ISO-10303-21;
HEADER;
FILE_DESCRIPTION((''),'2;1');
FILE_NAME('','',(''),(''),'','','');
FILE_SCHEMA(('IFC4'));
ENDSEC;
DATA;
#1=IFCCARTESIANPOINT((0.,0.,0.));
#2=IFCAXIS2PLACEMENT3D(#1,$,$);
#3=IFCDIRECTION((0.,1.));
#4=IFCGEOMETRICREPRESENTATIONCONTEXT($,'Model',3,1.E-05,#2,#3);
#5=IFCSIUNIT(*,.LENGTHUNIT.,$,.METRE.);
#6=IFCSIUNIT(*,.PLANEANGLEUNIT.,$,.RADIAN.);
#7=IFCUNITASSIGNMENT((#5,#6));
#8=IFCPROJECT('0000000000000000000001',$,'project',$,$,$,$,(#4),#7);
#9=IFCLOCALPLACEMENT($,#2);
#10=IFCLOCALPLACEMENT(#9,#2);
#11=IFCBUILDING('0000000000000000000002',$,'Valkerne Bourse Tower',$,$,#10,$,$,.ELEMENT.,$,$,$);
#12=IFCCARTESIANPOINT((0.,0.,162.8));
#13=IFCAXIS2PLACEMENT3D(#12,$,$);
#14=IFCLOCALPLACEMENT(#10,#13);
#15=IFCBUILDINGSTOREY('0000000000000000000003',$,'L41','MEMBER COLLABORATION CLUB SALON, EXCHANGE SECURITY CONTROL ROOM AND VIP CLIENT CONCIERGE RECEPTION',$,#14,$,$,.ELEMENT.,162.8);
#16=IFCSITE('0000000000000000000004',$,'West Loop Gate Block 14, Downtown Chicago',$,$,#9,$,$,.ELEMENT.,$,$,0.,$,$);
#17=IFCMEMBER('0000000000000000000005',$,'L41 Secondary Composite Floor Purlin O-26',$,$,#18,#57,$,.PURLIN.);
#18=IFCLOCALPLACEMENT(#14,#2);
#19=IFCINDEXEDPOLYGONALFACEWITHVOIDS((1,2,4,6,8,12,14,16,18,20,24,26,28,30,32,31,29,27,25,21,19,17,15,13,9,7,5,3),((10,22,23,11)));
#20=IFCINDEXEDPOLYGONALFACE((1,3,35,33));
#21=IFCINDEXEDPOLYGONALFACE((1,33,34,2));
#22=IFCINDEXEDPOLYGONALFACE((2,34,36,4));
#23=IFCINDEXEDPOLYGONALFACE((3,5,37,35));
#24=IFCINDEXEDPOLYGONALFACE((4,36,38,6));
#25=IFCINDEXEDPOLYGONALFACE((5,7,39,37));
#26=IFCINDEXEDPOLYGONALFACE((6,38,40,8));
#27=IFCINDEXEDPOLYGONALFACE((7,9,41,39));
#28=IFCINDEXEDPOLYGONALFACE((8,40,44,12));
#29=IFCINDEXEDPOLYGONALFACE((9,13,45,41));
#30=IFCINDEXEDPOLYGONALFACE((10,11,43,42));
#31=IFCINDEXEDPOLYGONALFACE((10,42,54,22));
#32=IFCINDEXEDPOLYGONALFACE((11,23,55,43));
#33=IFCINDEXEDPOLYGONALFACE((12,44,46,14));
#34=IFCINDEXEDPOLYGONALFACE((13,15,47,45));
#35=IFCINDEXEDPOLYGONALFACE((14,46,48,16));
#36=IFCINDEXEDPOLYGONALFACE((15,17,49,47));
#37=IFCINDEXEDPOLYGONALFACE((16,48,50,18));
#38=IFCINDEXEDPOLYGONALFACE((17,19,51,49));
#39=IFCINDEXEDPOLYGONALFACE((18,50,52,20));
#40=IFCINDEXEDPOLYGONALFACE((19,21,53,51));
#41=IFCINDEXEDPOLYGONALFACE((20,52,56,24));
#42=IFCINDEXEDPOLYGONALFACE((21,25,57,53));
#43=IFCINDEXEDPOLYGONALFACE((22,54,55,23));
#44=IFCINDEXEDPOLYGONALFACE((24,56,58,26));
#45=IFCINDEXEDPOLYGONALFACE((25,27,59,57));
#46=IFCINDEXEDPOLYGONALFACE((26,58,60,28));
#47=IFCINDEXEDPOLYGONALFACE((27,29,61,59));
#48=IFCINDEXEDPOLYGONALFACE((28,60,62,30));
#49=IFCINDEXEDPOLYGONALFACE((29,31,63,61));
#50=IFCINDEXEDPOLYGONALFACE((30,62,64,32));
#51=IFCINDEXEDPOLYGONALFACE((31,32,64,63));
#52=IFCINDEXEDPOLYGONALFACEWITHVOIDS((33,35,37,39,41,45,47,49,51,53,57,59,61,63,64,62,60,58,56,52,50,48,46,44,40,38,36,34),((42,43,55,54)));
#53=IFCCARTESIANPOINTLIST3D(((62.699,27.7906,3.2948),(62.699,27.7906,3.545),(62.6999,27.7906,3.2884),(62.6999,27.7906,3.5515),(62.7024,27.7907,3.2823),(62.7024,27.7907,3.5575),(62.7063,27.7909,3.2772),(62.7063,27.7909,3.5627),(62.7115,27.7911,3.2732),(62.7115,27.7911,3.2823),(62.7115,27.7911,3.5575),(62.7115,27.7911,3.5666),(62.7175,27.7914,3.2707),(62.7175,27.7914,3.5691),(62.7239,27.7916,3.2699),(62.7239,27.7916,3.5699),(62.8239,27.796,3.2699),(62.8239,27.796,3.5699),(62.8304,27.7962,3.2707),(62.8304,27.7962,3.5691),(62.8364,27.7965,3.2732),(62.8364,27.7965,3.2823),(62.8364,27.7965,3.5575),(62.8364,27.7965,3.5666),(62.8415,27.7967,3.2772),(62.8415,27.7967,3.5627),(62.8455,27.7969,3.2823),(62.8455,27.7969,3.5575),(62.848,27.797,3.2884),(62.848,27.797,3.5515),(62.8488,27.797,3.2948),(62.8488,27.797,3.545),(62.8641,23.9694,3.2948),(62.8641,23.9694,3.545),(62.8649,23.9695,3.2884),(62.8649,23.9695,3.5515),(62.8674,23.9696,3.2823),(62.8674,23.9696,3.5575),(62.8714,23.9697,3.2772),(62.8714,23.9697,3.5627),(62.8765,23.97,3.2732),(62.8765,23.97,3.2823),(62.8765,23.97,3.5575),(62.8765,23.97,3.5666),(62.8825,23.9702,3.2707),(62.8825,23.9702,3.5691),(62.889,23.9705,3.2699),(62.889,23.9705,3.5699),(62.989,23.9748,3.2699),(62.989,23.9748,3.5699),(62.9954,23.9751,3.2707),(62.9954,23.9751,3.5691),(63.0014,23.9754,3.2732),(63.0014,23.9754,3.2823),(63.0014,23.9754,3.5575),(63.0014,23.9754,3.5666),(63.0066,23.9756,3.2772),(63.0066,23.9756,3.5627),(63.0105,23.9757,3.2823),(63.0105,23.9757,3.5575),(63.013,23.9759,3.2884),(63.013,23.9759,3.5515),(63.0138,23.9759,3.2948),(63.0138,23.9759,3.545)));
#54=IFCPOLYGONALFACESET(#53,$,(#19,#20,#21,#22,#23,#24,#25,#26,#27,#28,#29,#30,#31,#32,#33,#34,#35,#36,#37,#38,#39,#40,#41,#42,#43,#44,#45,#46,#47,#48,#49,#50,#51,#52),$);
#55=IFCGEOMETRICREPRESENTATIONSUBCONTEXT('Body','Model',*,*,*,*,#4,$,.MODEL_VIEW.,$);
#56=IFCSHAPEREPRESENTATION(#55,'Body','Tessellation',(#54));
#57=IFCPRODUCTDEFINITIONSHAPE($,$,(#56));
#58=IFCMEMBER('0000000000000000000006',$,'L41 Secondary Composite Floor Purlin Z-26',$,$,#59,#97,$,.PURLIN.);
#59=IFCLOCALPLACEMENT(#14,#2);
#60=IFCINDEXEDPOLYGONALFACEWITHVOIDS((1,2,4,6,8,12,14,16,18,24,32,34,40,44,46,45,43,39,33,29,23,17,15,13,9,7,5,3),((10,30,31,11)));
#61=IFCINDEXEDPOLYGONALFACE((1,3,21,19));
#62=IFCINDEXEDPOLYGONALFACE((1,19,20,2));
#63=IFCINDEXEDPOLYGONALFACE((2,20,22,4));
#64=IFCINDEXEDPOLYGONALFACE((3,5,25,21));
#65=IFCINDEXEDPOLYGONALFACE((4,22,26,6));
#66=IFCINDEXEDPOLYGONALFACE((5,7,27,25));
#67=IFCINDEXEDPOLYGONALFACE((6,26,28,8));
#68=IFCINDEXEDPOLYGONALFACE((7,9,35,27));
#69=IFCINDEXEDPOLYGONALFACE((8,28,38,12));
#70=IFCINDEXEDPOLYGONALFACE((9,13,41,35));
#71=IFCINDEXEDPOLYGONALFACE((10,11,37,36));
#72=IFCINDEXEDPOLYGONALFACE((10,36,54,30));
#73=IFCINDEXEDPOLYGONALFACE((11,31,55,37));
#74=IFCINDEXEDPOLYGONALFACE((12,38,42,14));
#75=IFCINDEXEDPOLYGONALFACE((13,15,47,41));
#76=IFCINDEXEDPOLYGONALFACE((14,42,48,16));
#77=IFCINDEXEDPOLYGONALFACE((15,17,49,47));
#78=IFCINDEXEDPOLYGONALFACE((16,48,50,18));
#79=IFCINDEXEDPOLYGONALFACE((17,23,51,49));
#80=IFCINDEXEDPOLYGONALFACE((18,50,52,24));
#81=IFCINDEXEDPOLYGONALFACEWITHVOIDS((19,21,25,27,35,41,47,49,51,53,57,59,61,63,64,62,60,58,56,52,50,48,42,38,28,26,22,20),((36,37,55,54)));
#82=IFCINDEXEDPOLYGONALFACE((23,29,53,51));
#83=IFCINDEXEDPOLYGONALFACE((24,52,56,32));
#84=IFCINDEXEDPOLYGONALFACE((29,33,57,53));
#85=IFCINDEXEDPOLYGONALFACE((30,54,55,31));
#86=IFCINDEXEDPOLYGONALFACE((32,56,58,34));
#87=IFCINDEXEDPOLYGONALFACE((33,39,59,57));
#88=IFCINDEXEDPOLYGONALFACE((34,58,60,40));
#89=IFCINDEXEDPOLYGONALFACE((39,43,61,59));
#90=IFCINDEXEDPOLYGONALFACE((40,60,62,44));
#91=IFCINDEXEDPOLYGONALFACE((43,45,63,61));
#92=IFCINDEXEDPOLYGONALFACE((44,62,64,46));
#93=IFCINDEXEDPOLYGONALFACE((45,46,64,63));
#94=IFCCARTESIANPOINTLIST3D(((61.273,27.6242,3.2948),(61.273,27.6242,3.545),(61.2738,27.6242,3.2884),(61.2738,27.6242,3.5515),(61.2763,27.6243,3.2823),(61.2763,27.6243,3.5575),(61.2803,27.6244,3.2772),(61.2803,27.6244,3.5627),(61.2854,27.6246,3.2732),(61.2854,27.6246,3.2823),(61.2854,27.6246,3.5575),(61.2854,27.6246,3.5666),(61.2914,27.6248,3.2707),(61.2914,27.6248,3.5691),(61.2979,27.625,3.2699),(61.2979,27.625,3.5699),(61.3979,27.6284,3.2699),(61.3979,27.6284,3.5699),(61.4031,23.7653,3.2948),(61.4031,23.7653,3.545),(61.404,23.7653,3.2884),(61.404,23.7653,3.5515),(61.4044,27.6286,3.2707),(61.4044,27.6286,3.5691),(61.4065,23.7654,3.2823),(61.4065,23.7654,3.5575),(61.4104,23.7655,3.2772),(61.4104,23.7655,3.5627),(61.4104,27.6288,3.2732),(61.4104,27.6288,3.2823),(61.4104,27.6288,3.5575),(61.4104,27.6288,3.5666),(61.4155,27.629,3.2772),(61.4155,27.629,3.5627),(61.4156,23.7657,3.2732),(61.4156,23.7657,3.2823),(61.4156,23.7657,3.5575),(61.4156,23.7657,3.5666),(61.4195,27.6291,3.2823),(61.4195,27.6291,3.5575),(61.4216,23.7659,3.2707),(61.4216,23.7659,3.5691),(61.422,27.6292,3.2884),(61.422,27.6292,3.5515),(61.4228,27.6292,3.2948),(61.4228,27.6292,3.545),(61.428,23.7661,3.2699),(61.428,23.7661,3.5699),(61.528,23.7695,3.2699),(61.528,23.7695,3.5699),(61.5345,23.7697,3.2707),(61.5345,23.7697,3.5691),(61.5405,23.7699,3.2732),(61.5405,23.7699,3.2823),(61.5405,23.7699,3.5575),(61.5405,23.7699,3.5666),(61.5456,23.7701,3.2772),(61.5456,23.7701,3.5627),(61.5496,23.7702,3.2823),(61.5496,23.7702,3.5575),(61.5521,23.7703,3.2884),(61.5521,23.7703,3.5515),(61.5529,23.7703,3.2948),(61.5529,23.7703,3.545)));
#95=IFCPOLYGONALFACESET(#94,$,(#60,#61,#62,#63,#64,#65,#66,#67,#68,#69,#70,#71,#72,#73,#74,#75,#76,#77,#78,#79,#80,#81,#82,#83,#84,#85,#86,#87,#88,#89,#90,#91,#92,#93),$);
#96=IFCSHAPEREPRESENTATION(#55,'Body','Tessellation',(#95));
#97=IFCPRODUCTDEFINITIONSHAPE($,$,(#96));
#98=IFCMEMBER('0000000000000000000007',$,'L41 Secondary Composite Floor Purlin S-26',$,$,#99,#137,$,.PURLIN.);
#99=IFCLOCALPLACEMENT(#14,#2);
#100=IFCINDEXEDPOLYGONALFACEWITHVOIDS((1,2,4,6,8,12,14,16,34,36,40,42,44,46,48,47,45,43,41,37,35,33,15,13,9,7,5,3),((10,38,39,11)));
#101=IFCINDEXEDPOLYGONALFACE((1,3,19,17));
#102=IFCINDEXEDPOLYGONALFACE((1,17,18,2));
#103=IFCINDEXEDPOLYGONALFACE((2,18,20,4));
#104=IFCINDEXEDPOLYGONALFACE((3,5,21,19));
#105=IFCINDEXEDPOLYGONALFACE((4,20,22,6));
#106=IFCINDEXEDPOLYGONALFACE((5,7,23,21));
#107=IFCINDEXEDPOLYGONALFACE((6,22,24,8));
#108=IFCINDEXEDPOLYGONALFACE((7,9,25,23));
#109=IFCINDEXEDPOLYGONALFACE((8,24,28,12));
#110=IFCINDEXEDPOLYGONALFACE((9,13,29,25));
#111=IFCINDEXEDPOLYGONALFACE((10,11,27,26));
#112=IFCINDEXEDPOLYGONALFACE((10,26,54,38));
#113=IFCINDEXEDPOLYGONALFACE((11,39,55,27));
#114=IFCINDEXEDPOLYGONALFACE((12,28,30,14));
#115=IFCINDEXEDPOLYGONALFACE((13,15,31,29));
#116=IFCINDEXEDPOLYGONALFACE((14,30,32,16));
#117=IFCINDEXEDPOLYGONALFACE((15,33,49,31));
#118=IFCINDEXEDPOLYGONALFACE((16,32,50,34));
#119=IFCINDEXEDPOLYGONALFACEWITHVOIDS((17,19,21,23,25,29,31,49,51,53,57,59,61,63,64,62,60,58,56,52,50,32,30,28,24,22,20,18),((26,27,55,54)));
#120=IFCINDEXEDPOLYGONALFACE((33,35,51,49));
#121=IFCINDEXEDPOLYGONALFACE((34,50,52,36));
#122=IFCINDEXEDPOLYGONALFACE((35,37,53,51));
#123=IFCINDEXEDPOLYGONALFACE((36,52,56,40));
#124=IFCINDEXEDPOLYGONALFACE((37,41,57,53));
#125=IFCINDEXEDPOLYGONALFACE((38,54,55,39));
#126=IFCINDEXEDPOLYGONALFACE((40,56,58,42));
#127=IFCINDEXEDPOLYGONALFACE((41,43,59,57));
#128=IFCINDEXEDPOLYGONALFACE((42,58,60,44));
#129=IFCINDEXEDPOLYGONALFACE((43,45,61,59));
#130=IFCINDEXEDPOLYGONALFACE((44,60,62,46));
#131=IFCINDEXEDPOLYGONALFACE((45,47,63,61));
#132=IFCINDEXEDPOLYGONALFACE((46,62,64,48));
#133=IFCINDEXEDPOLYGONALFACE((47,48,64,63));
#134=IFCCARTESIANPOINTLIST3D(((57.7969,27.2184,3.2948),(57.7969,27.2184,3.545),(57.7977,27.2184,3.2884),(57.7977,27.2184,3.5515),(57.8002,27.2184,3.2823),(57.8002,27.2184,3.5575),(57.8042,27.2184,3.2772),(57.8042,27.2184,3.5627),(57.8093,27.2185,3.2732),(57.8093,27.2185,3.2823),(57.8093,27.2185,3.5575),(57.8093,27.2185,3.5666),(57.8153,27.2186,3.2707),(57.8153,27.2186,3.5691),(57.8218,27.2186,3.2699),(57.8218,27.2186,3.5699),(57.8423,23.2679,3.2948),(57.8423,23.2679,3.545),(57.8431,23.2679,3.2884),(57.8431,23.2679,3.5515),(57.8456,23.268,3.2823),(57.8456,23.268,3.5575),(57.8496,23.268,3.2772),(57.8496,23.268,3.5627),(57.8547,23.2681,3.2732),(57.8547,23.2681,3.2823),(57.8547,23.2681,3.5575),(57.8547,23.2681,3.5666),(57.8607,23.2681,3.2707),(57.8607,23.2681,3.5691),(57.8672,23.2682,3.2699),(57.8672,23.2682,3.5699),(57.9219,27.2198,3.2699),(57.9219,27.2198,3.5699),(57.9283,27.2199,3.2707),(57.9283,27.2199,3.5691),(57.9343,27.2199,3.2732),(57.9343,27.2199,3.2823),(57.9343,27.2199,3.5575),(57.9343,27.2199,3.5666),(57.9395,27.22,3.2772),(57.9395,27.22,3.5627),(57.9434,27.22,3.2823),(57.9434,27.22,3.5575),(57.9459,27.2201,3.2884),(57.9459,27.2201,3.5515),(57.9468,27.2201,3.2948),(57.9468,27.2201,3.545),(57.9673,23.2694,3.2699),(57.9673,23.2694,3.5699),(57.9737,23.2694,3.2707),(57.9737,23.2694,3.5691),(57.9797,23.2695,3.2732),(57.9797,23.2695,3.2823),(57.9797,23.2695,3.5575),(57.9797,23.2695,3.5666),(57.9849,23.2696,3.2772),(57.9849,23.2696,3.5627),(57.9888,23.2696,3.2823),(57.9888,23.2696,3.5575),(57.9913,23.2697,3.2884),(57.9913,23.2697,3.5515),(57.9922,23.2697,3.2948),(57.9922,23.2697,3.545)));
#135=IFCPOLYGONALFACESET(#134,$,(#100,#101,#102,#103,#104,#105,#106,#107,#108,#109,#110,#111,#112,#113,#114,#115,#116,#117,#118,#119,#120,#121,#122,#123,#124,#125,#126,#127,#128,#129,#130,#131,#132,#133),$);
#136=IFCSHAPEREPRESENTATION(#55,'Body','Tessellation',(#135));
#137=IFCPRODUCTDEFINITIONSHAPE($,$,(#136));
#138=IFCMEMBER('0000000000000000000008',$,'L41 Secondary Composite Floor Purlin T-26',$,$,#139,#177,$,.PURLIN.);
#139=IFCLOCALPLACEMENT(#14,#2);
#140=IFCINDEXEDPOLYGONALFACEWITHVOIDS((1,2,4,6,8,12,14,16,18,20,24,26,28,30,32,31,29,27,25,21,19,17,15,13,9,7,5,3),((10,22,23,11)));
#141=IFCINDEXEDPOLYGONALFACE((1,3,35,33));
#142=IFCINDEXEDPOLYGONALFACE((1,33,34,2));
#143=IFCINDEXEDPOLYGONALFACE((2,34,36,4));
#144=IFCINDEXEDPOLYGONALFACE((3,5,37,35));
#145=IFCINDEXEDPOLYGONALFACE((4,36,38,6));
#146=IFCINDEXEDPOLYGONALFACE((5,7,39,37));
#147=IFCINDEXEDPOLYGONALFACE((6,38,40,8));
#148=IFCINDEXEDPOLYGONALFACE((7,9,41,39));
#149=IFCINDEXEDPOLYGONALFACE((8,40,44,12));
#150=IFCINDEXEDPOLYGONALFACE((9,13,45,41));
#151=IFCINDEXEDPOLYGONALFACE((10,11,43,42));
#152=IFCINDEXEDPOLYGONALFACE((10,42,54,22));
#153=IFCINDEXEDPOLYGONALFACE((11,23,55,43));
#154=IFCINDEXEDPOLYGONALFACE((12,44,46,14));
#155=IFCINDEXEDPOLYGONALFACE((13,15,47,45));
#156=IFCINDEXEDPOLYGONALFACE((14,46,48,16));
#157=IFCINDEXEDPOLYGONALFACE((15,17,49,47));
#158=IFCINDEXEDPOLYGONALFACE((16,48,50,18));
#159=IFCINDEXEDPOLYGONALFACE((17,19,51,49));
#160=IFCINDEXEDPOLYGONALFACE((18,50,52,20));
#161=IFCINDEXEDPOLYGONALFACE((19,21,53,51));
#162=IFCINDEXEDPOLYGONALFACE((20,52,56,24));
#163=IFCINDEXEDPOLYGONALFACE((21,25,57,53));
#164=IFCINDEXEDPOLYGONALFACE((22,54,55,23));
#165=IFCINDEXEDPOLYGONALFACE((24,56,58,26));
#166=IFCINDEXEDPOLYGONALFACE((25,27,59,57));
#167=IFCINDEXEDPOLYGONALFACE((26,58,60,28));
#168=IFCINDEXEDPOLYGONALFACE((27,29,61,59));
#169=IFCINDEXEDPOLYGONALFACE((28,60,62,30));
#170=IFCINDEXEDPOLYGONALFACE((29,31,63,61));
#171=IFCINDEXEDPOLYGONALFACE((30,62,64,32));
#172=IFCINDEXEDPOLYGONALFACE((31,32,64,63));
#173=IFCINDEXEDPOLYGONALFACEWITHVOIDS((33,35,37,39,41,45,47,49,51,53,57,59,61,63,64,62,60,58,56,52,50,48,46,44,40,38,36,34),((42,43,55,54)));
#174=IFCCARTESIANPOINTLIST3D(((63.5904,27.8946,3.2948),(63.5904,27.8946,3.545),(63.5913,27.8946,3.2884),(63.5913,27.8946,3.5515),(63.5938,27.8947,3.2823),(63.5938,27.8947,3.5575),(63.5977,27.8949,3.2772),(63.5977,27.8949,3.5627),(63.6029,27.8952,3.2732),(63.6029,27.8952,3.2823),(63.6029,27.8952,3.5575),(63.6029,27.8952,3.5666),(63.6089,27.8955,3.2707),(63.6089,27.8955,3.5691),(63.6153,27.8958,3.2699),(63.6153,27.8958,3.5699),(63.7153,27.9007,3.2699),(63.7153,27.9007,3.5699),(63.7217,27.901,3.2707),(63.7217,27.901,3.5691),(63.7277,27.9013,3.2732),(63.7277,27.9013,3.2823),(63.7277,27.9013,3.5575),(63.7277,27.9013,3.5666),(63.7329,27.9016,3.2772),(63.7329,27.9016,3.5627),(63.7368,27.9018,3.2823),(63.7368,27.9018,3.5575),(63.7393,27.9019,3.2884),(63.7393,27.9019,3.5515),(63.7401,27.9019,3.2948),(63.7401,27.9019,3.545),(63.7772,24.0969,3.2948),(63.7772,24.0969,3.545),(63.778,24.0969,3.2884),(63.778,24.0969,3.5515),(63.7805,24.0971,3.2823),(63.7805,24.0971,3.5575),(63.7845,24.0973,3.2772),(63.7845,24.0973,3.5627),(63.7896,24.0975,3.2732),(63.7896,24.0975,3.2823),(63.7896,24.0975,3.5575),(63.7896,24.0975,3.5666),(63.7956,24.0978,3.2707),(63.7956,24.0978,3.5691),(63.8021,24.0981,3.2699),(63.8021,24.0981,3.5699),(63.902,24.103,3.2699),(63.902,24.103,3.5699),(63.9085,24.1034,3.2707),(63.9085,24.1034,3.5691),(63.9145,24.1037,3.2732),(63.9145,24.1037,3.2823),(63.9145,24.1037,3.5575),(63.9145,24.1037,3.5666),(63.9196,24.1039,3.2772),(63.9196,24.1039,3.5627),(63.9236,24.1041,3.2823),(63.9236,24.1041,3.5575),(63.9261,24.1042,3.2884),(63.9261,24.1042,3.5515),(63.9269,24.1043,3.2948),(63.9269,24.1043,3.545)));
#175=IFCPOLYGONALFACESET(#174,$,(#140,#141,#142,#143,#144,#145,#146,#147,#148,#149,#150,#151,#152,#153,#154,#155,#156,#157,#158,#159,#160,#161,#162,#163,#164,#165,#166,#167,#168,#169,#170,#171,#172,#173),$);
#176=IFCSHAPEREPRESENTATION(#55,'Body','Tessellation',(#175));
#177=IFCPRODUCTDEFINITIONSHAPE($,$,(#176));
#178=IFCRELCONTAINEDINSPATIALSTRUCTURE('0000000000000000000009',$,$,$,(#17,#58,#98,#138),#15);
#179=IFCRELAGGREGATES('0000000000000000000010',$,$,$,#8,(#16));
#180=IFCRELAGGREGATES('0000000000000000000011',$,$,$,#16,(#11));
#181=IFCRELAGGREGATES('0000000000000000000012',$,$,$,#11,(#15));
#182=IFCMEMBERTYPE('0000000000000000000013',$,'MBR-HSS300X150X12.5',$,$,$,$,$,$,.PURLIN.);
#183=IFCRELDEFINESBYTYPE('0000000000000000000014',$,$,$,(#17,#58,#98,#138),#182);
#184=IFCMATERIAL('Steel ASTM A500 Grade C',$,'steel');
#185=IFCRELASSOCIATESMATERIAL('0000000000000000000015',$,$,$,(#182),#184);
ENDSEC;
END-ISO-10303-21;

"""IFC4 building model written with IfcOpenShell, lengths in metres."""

from ifc_helpers import new_model, si_unit, direction, frame, origin, origin_2d, place, context, subcontext, project, spatial, hollow_rectangle, extrude, material, material_profile, profile_set, type_object, element, save


model = new_model("IFC4")

# Units and contexts
model_context = context("Model", 3, precision=1e-05, world=origin(), true_north=direction((0.0, 1.0)))
body_context = subcontext(model_context, "Body", "Model", "MODEL_VIEW")
ifc_project = project(units=[si_unit("LENGTHUNIT", "METRE"), si_unit("PLANEANGLEUNIT", "RADIAN")], contexts=[model_context])

# Site, building, storey
site_placement = place(None, origin())
site = spatial("IfcSite", under=ifc_project, at=site_placement, Name="West Loop Gate Block 14, Downtown Chicago", CompositionType="ELEMENT", RefElevation=0.0)
building_placement = place(site_placement, origin())
building = spatial("IfcBuilding", under=site, at=building_placement, Name="Valkerne Bourse Tower", CompositionType="ELEMENT")
storey_placement = place(building_placement, frame((0.0, 0.0, 162.8)))
storey = spatial("IfcBuildingStorey", under=building, at=storey_placement, Name="L41", Description="MEMBER COLLABORATION CLUB SALON, EXCHANGE SECURITY CONTROL ROOM AND VIP CLIENT CONCIERGE RECEPTION", CompositionType="ELEMENT", Elevation=162.8)

# Members
ifc_material_1 = material(Name="Steel ASTM A500 Grade C", Category="steel")
ifc_material_profile_1 = material_profile(ifc_material_1, hollow_rectangle(XDim=0.1499, YDim=0.3, WallThickness=0.0125, OuterFilletRadius=0.0249, at=origin_2d()), Name="HSS300X150X12.5")
ifc_profile_set_1 = profile_set([ifc_material_profile_1], Name="Steel ASTM A500 Grade C")
member_type_1 = type_object("IfcMemberType", Name="MBR-HSS300X150X12.5", PredefinedType="PURLIN", material=ifc_profile_set_1)
member_1_placement = place(storey_placement, frame((62.939, 23.9727, 3.4199), z_axis=(-0.043152, 0.999069, 0.0), x_axis=(-0.999069, -0.043152, 0.0)))
element("IfcMember", 1, at=member_1_placement, inside=storey, type_object=member_type_1, Name="L41 Secondary Composite Floor Purlin O-26", PredefinedType="PURLIN", context=body_context, shape_type="SweptSolid", body=[
    extrude(hollow_rectangle(XDim=0.1499, YDim=0.3, WallThickness=0.0125, OuterFilletRadius=0.0249, at=origin_2d()), origin(), (0.0, 0.0, 1.0), 3.8247),
])
member_2_placement = place(storey_placement, frame((61.478, 23.7678, 3.4199), z_axis=(-0.033702, 0.999432, 0.0), x_axis=(-0.999432, -0.033702, 0.0)))
element("IfcMember", 2, at=member_2_placement, inside=storey, type_object=member_type_1, Name="L41 Secondary Composite Floor Purlin Z-26", PredefinedType="PURLIN", context=body_context, shape_type="SweptSolid", body=[
    extrude(hollow_rectangle(XDim=0.1499, YDim=0.3, WallThickness=0.0125, OuterFilletRadius=0.0249, at=origin_2d()), origin(), (0.0, 0.0, 1.0), 3.8611),
])
member_3_placement = place(storey_placement, frame((57.9172, 23.2688, 3.4199), z_axis=(-0.011494, 0.999934, 0.0), x_axis=(-0.999934, -0.011494, 0.0)))
element("IfcMember", 3, at=member_3_placement, inside=storey, type_object=member_type_1, Name="L41 Secondary Composite Floor Purlin S-26", PredefinedType="PURLIN", context=body_context, shape_type="SweptSolid", body=[
    extrude(hollow_rectangle(XDim=0.1499, YDim=0.3, WallThickness=0.0125, OuterFilletRadius=0.0249, at=origin_2d()), origin(), (0.0, 0.0, 1.0), 3.9507),
])
member_4_placement = place(storey_placement, frame((63.8521, 24.1006, 3.4199), z_axis=(-0.049121, 0.998793, 0.0), x_axis=(-0.998793, -0.049121, 0.0)))
element("IfcMember", 4, at=member_4_placement, inside=storey, type_object=member_type_1, Name="L41 Secondary Composite Floor Purlin T-26", PredefinedType="PURLIN", context=body_context, shape_type="SweptSolid", body=[
    extrude(hollow_rectangle(XDim=0.1499, YDim=0.3, WallThickness=0.0125, OuterFilletRadius=0.0249, at=origin_2d()), origin(), (0.0, 0.0, 1.0), 3.8022),
])

save(model, "model.ifc")
